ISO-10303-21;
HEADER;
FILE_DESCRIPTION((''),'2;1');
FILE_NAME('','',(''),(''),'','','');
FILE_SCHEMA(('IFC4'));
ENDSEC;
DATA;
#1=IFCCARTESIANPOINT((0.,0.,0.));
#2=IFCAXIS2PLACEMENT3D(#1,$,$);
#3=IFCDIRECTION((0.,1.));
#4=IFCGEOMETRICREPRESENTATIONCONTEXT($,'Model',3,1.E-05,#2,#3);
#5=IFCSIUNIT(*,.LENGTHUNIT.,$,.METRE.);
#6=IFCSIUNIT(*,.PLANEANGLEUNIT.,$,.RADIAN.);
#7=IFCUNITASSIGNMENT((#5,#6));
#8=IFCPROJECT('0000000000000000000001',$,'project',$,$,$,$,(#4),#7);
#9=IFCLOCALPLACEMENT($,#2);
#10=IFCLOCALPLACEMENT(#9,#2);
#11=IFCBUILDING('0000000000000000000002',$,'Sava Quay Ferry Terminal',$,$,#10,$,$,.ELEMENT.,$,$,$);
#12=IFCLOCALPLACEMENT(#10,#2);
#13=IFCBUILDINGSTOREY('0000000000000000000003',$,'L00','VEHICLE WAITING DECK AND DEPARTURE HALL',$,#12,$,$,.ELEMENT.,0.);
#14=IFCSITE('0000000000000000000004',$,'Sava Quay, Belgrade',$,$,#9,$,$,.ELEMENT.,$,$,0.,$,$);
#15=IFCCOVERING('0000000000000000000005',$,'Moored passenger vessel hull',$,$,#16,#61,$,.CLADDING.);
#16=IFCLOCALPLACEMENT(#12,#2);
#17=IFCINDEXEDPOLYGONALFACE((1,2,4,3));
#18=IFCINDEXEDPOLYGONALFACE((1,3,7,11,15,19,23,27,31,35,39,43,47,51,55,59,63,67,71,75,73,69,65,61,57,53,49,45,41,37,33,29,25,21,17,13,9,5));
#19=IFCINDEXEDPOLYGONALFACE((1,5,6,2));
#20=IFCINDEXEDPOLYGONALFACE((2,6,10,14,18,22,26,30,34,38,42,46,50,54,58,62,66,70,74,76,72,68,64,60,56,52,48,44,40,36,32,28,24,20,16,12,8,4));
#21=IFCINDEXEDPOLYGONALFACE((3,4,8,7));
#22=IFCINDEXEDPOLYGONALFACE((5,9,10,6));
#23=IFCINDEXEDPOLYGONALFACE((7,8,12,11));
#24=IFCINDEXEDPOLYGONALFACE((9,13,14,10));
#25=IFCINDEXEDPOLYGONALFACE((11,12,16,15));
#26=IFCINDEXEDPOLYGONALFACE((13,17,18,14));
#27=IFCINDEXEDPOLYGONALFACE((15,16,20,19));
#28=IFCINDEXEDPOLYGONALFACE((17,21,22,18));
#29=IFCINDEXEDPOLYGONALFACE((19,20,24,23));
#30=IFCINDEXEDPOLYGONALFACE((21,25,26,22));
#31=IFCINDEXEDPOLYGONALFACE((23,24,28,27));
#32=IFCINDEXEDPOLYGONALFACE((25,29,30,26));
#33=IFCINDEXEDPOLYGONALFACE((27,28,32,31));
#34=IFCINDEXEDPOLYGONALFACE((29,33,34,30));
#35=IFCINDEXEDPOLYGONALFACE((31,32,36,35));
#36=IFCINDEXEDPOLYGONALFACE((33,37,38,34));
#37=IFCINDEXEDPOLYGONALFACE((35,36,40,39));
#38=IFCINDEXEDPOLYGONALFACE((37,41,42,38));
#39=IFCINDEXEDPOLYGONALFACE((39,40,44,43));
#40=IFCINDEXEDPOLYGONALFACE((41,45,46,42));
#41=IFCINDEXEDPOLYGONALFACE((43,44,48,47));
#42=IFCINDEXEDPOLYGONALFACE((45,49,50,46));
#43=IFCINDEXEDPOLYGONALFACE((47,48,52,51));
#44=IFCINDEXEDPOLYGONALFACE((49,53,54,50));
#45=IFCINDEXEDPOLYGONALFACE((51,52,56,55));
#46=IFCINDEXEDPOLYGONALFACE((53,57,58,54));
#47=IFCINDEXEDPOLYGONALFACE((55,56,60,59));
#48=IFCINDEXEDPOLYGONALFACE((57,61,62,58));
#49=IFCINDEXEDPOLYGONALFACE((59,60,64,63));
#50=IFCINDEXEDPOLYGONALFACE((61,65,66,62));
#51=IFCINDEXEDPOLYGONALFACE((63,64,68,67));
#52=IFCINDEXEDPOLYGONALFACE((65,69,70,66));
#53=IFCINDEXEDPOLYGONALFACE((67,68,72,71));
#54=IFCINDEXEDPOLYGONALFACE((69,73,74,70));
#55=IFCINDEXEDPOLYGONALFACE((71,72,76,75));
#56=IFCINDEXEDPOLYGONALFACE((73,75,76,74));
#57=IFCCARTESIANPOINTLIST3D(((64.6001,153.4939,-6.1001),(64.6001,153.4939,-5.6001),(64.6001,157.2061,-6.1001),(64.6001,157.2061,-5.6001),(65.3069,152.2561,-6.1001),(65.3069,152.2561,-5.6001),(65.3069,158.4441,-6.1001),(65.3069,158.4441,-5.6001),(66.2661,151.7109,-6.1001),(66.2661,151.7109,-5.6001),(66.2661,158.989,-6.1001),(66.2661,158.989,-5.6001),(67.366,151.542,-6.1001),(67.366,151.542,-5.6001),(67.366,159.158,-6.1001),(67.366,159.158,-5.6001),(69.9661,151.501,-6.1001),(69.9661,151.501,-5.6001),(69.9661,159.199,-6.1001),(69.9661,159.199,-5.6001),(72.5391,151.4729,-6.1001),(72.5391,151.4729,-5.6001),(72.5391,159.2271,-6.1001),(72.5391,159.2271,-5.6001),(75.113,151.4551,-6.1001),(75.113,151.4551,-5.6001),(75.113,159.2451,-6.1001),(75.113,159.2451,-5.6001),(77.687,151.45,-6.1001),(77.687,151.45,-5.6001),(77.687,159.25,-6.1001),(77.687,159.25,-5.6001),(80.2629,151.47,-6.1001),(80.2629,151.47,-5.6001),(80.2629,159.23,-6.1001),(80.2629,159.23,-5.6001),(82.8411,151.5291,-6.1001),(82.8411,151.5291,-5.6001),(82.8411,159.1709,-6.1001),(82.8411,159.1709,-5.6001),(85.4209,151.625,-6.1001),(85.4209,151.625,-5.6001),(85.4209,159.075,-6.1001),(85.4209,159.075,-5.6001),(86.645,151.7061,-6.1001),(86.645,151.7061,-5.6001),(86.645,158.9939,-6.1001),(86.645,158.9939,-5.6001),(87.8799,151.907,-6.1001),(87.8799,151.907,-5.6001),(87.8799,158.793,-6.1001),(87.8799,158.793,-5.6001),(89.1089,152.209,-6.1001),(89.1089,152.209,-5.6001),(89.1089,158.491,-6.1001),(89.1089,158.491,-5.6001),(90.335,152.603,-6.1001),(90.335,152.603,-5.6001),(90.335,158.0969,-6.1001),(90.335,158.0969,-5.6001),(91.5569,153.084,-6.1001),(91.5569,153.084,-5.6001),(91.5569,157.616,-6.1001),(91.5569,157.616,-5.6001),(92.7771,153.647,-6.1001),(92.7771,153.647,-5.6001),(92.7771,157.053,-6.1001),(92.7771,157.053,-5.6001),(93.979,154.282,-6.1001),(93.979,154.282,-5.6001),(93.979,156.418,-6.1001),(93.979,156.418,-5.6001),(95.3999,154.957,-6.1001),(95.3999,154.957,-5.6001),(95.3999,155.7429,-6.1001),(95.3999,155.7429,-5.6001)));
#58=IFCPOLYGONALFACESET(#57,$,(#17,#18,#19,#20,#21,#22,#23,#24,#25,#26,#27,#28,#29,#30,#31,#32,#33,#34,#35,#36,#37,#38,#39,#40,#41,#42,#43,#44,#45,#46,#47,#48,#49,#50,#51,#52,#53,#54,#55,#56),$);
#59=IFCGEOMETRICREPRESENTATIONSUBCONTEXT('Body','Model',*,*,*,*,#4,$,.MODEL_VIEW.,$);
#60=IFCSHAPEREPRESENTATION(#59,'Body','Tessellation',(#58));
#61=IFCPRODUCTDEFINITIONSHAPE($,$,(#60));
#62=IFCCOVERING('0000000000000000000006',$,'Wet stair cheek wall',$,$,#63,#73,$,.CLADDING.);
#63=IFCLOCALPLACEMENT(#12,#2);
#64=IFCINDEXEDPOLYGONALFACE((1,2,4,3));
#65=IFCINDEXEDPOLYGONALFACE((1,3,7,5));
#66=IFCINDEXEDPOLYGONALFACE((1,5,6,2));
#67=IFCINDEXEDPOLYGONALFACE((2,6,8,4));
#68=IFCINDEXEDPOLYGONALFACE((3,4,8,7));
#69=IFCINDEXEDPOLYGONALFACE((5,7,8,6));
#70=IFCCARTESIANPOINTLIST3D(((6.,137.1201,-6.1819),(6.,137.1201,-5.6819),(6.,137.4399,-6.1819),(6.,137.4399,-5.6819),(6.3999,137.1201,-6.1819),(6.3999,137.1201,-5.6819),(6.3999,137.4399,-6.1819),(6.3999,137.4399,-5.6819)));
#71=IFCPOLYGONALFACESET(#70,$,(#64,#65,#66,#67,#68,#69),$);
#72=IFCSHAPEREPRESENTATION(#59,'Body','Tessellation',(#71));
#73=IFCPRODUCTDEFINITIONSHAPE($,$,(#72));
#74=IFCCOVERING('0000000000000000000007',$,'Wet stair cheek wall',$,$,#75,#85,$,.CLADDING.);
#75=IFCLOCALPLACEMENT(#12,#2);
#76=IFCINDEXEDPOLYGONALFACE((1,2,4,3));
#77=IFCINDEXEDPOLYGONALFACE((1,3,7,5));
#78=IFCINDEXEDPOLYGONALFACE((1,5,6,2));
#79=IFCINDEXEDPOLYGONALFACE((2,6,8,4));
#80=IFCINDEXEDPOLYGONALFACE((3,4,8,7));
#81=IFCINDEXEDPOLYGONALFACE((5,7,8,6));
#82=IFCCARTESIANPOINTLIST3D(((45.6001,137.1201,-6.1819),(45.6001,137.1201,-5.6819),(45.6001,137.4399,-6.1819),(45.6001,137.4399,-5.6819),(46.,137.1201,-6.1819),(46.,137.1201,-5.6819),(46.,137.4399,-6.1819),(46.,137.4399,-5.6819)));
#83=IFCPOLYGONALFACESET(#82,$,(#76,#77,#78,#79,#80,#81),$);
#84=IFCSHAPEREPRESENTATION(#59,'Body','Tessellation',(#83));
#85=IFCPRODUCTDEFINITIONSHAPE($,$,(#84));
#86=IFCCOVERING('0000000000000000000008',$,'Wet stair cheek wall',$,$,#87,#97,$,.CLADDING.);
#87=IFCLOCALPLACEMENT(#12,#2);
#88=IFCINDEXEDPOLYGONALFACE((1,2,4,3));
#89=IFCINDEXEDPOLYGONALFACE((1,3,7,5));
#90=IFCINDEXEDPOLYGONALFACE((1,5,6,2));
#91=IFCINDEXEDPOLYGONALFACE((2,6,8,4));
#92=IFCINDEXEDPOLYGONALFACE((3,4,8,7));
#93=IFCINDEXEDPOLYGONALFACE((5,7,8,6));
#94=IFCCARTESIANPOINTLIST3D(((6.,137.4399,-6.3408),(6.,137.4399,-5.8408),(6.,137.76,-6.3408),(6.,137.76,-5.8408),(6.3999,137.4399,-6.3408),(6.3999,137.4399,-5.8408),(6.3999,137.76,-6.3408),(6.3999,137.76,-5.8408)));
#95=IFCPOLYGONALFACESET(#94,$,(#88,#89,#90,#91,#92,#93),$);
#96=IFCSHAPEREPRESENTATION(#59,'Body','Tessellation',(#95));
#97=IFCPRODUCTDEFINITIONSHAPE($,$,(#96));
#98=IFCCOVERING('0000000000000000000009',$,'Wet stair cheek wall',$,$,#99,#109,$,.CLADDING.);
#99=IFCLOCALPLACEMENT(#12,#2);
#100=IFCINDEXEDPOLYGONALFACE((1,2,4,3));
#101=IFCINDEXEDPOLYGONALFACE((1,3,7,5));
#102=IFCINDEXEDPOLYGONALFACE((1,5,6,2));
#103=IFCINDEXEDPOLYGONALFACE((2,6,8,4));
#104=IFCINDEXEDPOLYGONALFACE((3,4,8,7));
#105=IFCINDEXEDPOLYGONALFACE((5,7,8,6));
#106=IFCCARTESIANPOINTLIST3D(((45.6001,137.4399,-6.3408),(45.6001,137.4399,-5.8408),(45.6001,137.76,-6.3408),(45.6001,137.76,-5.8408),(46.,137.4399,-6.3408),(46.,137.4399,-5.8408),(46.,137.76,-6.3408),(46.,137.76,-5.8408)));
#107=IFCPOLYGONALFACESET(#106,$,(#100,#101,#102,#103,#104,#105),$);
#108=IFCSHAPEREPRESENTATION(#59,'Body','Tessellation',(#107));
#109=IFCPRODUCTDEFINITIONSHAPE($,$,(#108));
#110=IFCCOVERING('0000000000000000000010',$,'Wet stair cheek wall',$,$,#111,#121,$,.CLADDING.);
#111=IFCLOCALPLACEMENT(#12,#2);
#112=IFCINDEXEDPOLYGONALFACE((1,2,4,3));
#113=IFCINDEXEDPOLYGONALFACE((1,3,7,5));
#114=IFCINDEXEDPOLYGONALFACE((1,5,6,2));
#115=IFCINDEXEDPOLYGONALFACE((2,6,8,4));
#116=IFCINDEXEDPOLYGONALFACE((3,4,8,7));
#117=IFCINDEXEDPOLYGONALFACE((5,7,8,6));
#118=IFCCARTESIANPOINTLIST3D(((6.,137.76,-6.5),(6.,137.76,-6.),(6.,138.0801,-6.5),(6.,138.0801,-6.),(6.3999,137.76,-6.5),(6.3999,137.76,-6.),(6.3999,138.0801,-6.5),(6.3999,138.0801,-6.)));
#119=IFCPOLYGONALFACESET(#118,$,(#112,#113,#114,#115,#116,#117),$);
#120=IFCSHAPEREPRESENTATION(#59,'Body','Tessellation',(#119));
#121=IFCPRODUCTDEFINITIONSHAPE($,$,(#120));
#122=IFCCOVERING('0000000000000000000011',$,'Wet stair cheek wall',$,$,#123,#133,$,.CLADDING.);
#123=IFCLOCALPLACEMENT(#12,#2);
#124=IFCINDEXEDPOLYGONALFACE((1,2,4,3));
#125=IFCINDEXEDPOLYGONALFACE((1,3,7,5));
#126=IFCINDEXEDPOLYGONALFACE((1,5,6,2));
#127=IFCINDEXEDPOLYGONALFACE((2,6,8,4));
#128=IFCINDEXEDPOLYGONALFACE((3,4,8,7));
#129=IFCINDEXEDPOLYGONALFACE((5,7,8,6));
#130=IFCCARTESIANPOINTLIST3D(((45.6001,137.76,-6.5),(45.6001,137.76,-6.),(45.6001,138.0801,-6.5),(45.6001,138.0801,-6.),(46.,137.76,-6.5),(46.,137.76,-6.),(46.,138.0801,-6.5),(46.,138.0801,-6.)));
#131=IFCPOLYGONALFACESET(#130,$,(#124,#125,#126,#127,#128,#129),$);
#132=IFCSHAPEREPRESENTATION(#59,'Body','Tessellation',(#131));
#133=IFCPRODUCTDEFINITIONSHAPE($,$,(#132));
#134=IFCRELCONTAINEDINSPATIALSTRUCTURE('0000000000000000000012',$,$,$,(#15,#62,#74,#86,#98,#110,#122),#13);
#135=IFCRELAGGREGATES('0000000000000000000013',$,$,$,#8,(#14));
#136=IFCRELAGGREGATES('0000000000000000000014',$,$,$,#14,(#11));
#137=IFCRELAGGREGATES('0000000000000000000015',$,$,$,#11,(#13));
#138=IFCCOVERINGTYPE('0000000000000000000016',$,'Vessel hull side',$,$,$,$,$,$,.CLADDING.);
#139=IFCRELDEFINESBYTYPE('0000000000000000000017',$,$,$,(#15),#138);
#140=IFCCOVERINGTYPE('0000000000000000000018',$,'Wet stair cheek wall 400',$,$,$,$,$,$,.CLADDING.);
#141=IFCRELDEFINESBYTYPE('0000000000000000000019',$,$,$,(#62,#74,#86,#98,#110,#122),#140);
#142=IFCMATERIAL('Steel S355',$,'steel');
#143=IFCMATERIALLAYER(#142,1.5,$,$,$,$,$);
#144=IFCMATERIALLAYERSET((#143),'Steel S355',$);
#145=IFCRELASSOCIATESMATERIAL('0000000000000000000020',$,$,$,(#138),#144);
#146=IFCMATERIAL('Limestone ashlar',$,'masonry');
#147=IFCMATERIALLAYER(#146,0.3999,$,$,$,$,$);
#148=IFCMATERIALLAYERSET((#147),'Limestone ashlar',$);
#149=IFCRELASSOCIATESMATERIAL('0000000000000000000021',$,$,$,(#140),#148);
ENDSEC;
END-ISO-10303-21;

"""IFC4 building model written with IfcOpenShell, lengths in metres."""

from ifc_helpers import new_model, si_unit, direction, frame, origin, place, context, subcontext, project, spatial, polyline, outline, extrude, material, layer, layer_set, type_object, element, save


model = new_model("IFC4")

# Units and contexts
model_context = context("Model", 3, precision=1e-05, world=origin(), true_north=direction((0.0, 1.0)))
body_context = subcontext(model_context, "Body", "Model", "MODEL_VIEW")
ifc_project = project(units=[si_unit("LENGTHUNIT", "METRE"), si_unit("PLANEANGLEUNIT", "RADIAN")], contexts=[model_context])

# Site, building, storey
site_placement = place(None, origin())
site = spatial("IfcSite", under=ifc_project, at=site_placement, Name="Sava Quay, Belgrade", CompositionType="ELEMENT", RefElevation=0.0)
building_placement = place(site_placement, origin())
building = spatial("IfcBuilding", under=site, at=building_placement, Name="Sava Quay Ferry Terminal", CompositionType="ELEMENT")
storey_placement = place(building_placement, origin())
storey = spatial("IfcBuildingStorey", under=building, at=storey_placement, Name="L00", Description="VEHICLE WAITING DECK AND DEPARTURE HALL", CompositionType="ELEMENT", Elevation=0.0)

# Coverings
ifc_material_1 = material(Name="Steel S355", Category="steel")
ifc_layer_1 = layer(ifc_material_1, 1.5)
ifc_layer_set_1 = layer_set([ifc_layer_1], Name="Steel S355")
covering_type_1 = type_object("IfcCoveringType", Name="Vessel hull side", PredefinedType="CLADDING", material=ifc_layer_set_1)
covering_1_placement = place(storey_placement, frame((0.0, 0.0, -6.1001)))
element("IfcCovering", 1, at=covering_1_placement, inside=storey, type_object=covering_type_1, Name="Moored passenger vessel hull", PredefinedType="CLADDING", context=body_context, shape_type="SweptSolid", body=[
    extrude(outline(polyline([(64.6001, 157.2061), (64.6001, 153.4939), (65.3069, 152.2561), (66.2661, 151.7109), (67.366, 151.542), (69.9661, 151.501), (72.5391, 151.4729), (75.113, 151.4551), (77.687, 151.45), (80.2629, 151.47), (82.8411, 151.5291), (85.4209, 151.625), (86.645, 151.7061), (87.8799, 151.907), (89.1089, 152.209), (90.335, 152.603), (91.5569, 153.084), (92.7771, 153.647), (93.979, 154.282), (95.3999, 154.957), (95.3999, 155.7429), (93.979, 156.418), (92.7771, 157.053), (91.5569, 157.616), (90.335, 158.0969), (89.1089, 158.491), (87.8799, 158.793), (86.645, 158.9939), (85.4209, 159.075), (82.8411, 159.1709), (80.2629, 159.23), (77.687, 159.25), (75.113, 159.2451), (72.5391, 159.2271), (69.9661, 159.199), (67.366, 159.158), (66.2661, 158.989), (65.3069, 158.4441), (64.6001, 157.2061)])), origin(), (0.0, 0.0, 1.0), 0.5),
])
ifc_material_2 = material(Name="Limestone ashlar", Category="masonry")
ifc_layer_2 = layer(ifc_material_2, 0.3999)
ifc_layer_set_2 = layer_set([ifc_layer_2], Name="Limestone ashlar")
covering_type_2 = type_object("IfcCoveringType", Name="Wet stair cheek wall 400", PredefinedType="CLADDING", material=ifc_layer_set_2)
covering_2_placement = place(storey_placement, frame((0.0, 0.0, -6.1819)))
element("IfcCovering", 2, at=covering_2_placement, inside=storey, type_object=covering_type_2, Name="Wet stair cheek wall", PredefinedType="CLADDING", context=body_context, shape_type="SweptSolid", body=[
    extrude(outline(polyline([(6.0, 137.1201), (6.3999, 137.1201), (6.3999, 137.4399), (6.0, 137.4399), (6.0, 137.1201)])), origin(), (0.0, 0.0, 1.0), 0.5),
])
covering_3_placement = place(storey_placement, frame((0.0, 0.0, -6.1819)))
element("IfcCovering", 3, at=covering_3_placement, inside=storey, type_object=covering_type_2, Name="Wet stair cheek wall", PredefinedType="CLADDING", context=body_context, shape_type="SweptSolid", body=[
    extrude(outline(polyline([(45.6001, 137.1201), (46.0, 137.1201), (46.0, 137.4399), (45.6001, 137.4399), (45.6001, 137.1201)])), origin(), (0.0, 0.0, 1.0), 0.5),
])
covering_4_placement = place(storey_placement, frame((0.0, 0.0, -6.3408)))
element("IfcCovering", 4, at=covering_4_placement, inside=storey, type_object=covering_type_2, Name="Wet stair cheek wall", PredefinedType="CLADDING", context=body_context, shape_type="SweptSolid", body=[
    extrude(outline(polyline([(6.0, 137.4399), (6.3999, 137.4399), (6.3999, 137.76), (6.0, 137.76), (6.0, 137.4399)])), origin(), (0.0, 0.0, 1.0), 0.5),
])
covering_5_placement = place(storey_placement, frame((0.0, 0.0, -6.3408)))
element("IfcCovering", 5, at=covering_5_placement, inside=storey, type_object=covering_type_2, Name="Wet stair cheek wall", PredefinedType="CLADDING", context=body_context, shape_type="SweptSolid", body=[
    extrude(outline(polyline([(45.6001, 137.4399), (46.0, 137.4399), (46.0, 137.76), (45.6001, 137.76), (45.6001, 137.4399)])), origin(), (0.0, 0.0, 1.0), 0.5),
])
covering_6_placement = place(storey_placement, frame((0.0, 0.0, -6.5)))
element("IfcCovering", 6, at=covering_6_placement, inside=storey, type_object=covering_type_2, Name="Wet stair cheek wall", PredefinedType="CLADDING", context=body_context, shape_type="SweptSolid", body=[
    extrude(outline(polyline([(6.0, 137.76), (6.3999, 137.76), (6.3999, 138.0801), (6.0, 138.0801), (6.0, 137.76)])), origin(), (0.0, 0.0, 1.0), 0.5),
])
covering_7_placement = place(storey_placement, frame((0.0, 0.0, -6.5)))
element("IfcCovering", 7, at=covering_7_placement, inside=storey, type_object=covering_type_2, Name="Wet stair cheek wall", PredefinedType="CLADDING", context=body_context, shape_type="SweptSolid", body=[
    extrude(outline(polyline([(45.6001, 137.76), (46.0, 137.76), (46.0, 138.0801), (45.6001, 138.0801), (45.6001, 137.76)])), origin(), (0.0, 0.0, 1.0), 0.5),
])

save(model, "model.ifc")
